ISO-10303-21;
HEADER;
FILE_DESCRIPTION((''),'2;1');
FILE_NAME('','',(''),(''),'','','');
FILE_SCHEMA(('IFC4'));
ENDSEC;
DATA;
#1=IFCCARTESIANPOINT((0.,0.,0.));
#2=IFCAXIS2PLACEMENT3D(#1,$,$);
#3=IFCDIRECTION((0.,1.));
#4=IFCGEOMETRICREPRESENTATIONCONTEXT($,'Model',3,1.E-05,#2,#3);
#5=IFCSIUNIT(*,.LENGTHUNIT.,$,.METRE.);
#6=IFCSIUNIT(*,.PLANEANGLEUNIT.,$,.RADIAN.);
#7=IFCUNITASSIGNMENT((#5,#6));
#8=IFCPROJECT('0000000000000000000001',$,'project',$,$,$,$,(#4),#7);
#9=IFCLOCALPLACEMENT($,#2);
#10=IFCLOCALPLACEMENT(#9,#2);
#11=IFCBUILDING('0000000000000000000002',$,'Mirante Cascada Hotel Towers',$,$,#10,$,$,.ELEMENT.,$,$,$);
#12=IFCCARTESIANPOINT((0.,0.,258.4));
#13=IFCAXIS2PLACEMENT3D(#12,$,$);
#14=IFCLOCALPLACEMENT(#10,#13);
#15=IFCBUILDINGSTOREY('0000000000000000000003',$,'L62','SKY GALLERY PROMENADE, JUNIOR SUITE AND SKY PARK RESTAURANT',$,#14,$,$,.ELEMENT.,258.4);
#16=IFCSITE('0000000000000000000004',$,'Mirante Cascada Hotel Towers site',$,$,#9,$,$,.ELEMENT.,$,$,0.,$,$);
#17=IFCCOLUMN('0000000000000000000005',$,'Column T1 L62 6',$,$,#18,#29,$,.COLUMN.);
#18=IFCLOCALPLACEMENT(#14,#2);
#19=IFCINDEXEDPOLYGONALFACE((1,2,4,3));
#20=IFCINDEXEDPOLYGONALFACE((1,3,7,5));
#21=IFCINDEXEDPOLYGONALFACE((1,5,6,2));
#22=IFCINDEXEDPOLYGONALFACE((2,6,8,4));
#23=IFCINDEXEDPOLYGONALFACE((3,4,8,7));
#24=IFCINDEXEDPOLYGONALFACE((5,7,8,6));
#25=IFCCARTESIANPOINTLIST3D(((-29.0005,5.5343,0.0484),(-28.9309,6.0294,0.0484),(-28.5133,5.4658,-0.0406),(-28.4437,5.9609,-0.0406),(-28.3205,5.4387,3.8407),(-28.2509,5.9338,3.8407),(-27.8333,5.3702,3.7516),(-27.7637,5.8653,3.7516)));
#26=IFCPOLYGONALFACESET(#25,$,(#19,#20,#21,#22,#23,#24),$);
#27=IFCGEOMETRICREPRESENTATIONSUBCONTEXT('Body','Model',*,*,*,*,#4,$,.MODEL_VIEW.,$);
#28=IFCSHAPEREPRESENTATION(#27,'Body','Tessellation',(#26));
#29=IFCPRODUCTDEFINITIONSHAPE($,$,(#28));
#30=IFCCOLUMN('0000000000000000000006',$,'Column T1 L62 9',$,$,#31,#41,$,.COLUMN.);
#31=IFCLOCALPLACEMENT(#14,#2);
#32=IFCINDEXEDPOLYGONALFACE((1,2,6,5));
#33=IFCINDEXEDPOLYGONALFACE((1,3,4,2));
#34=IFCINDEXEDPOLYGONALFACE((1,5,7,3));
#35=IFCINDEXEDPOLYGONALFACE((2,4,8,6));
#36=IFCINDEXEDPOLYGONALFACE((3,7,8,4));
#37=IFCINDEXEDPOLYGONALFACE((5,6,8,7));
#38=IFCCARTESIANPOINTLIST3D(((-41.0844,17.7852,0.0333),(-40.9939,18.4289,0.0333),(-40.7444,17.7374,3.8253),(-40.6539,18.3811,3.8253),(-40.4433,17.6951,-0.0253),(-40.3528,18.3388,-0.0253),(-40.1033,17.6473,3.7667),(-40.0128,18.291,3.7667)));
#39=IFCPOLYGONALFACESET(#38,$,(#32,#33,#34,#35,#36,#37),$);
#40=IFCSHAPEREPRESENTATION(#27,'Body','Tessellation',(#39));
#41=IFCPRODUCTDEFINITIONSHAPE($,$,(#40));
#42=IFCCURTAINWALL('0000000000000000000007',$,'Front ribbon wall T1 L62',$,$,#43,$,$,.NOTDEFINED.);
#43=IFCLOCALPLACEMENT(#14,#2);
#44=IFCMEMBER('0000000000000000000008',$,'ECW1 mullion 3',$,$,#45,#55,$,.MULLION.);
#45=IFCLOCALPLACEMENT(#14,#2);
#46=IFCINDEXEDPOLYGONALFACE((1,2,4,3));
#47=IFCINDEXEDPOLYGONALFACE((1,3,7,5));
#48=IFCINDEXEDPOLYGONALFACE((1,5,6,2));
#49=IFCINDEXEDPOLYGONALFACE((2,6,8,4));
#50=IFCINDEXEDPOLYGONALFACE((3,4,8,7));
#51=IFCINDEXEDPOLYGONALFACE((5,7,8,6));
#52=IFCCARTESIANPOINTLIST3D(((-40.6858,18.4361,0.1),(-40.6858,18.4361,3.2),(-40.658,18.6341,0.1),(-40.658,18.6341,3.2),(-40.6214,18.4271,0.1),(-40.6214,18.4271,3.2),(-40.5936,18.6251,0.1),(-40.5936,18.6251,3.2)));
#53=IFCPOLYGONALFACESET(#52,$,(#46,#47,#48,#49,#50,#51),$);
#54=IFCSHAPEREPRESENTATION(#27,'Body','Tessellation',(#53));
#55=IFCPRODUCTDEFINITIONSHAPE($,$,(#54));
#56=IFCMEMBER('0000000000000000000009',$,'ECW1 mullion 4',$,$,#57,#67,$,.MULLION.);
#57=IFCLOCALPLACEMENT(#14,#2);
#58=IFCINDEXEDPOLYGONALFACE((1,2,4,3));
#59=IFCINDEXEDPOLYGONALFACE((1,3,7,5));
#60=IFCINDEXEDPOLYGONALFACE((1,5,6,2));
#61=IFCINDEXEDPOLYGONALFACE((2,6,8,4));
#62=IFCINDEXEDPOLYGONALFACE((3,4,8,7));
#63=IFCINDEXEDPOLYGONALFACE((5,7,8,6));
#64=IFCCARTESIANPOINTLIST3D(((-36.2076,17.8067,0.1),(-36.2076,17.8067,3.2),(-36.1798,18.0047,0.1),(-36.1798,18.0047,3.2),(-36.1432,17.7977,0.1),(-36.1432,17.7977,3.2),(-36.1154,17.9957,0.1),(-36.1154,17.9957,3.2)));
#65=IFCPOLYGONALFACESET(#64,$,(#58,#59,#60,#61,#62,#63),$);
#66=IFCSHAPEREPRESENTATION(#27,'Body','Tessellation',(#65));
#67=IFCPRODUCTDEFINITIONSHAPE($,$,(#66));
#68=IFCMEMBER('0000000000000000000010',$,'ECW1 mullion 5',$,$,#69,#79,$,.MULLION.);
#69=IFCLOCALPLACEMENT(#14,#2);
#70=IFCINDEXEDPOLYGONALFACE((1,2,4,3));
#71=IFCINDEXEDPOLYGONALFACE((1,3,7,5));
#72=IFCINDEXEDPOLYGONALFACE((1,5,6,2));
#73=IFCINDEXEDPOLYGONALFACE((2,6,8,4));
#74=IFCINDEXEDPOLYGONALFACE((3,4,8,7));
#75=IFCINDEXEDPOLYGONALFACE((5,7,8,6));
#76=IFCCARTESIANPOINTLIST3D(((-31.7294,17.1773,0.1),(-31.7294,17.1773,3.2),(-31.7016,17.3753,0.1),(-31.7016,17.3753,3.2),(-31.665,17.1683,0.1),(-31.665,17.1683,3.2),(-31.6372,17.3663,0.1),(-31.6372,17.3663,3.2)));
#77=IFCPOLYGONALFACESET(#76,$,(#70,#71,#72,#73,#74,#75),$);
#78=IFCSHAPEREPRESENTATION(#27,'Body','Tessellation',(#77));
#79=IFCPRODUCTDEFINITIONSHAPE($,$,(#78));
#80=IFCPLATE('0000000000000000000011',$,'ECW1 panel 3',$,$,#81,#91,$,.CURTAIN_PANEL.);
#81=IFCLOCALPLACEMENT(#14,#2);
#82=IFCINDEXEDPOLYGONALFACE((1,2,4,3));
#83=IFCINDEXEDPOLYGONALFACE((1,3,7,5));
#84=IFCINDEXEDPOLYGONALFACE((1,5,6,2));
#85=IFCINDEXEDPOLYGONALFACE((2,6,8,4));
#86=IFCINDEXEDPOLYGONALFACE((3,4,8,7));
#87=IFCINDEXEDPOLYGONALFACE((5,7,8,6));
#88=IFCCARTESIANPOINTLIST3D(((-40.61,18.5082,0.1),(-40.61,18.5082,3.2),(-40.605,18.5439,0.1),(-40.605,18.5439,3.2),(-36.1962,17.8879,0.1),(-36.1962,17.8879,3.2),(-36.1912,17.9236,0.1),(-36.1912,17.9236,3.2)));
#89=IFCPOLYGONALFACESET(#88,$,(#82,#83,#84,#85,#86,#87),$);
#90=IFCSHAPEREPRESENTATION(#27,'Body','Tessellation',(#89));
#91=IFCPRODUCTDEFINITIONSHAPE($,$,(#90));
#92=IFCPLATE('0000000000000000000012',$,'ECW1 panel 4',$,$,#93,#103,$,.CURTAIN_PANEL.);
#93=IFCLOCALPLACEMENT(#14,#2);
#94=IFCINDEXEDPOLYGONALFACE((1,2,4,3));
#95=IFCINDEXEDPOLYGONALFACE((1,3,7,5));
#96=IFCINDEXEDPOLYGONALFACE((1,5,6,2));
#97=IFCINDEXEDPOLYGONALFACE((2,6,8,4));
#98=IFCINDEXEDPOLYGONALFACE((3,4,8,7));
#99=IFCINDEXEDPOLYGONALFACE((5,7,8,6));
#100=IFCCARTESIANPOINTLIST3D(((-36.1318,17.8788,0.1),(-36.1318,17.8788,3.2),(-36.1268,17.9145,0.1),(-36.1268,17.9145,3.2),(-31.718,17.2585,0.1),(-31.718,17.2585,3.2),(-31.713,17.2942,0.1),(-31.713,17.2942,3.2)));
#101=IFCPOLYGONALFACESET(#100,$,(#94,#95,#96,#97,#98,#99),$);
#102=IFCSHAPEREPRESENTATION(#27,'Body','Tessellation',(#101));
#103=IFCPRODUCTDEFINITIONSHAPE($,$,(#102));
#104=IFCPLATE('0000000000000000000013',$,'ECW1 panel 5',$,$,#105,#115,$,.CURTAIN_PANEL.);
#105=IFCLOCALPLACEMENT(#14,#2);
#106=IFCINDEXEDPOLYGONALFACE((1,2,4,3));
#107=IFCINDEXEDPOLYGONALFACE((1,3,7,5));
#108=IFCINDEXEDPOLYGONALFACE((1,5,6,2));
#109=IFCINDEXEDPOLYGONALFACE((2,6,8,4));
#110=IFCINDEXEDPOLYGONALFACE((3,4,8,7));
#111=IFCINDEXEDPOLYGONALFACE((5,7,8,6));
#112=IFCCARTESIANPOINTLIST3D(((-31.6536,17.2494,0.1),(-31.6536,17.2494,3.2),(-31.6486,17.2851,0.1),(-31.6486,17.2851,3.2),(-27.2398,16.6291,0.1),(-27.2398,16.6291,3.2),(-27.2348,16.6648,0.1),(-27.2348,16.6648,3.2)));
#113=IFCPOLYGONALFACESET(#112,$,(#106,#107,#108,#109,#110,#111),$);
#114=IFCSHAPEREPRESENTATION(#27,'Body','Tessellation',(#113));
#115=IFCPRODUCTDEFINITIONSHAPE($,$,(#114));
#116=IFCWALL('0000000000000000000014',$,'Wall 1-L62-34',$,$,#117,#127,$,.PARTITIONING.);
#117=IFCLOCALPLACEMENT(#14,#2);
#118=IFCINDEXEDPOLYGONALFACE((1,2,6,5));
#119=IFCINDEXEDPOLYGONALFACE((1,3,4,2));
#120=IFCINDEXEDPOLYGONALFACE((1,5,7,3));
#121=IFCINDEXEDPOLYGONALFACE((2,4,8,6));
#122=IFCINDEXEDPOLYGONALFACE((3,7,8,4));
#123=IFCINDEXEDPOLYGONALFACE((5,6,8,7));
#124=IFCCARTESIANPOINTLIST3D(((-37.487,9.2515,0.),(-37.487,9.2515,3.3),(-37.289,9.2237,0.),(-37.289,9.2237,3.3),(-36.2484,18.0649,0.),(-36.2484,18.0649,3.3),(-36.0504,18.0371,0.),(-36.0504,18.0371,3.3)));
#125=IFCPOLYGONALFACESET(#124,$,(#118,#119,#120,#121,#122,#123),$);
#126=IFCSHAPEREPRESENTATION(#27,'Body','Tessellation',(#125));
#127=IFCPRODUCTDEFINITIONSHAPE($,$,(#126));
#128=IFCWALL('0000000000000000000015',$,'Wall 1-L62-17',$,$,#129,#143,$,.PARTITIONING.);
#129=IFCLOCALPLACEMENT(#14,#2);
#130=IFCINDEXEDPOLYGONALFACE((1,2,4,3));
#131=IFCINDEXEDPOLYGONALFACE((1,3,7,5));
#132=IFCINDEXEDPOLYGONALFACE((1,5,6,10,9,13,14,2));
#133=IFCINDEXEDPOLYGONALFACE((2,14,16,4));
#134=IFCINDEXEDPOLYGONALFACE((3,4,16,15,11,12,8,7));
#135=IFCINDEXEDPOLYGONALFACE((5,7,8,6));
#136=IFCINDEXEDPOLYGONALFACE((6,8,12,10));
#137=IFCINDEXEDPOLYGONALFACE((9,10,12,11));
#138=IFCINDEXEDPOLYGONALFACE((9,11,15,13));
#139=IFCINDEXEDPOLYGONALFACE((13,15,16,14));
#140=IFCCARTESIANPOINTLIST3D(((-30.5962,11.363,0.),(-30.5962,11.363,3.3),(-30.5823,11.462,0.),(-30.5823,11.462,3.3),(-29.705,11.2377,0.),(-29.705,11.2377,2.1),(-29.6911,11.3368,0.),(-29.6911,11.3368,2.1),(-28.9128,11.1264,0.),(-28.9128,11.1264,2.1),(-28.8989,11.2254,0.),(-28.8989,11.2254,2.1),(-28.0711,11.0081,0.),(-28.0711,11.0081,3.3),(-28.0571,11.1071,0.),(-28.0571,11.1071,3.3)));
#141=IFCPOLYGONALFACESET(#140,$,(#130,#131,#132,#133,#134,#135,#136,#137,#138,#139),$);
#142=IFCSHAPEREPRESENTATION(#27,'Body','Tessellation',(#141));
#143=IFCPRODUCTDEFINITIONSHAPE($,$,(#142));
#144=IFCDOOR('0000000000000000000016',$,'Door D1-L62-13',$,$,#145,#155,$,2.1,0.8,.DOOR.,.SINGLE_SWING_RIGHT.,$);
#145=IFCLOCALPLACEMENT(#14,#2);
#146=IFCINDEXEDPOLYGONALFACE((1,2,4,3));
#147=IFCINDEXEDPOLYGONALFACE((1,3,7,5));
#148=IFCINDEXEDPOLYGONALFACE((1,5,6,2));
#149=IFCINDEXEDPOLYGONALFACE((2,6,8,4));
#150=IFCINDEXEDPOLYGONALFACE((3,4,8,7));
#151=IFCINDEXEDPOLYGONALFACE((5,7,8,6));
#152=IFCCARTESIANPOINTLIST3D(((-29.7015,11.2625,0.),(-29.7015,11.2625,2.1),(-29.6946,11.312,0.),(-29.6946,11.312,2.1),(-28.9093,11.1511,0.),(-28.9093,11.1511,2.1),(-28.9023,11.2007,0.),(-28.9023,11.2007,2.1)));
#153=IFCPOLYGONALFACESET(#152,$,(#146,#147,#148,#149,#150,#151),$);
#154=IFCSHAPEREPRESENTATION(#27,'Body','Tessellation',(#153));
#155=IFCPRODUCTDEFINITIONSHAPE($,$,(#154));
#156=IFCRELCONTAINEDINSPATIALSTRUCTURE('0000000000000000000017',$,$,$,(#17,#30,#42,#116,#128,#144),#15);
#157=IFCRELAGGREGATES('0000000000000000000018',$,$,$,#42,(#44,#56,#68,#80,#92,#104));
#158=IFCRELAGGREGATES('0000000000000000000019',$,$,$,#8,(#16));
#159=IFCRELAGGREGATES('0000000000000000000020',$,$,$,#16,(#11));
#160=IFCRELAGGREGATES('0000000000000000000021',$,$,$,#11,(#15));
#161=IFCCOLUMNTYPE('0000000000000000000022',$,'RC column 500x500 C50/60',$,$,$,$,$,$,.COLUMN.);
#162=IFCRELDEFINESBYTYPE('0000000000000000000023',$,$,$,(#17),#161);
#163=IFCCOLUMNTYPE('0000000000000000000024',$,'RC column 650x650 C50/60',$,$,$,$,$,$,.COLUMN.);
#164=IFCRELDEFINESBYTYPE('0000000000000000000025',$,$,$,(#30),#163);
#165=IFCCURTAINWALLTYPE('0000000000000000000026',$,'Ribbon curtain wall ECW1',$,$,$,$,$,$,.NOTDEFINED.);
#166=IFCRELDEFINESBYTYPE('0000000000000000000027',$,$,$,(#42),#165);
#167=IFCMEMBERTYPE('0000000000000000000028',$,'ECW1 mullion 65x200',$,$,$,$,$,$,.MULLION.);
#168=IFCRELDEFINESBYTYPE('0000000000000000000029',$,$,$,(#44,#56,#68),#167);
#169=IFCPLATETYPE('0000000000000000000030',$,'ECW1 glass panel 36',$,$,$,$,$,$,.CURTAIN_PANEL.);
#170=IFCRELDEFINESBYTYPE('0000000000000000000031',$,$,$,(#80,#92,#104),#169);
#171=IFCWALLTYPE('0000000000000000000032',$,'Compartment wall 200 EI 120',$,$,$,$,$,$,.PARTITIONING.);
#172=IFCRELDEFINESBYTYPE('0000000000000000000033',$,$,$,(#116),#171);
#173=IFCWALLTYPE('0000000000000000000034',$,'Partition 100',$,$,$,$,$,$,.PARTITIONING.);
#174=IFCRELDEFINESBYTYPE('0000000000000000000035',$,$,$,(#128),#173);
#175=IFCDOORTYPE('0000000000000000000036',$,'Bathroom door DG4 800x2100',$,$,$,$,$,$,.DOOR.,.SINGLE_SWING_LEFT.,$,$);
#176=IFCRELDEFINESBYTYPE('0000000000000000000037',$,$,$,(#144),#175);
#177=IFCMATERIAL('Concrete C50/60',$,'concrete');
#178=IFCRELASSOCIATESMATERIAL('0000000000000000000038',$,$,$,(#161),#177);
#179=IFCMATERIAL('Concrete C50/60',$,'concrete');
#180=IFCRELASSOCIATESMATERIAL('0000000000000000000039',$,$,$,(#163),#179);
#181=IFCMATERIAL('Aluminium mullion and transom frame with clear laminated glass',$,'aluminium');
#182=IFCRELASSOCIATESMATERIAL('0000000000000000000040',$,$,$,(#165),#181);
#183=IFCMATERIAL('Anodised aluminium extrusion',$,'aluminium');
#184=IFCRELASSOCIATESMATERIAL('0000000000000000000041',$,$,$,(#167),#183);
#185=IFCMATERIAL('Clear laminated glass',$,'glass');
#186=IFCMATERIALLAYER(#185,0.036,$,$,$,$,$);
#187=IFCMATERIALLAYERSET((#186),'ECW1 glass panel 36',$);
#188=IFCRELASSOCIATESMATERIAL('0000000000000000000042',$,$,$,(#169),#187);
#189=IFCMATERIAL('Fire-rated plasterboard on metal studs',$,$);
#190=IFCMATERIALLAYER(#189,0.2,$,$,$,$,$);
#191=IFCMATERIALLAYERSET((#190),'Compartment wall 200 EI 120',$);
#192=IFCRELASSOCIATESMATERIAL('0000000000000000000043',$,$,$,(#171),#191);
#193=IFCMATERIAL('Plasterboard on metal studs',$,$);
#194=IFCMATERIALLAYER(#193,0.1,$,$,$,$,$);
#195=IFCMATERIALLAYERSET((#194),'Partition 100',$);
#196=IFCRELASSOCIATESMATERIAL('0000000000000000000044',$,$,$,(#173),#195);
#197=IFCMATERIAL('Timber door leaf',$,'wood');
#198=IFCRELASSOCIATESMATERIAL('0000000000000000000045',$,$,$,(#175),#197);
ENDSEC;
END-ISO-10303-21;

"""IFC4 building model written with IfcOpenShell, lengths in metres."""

from ifc_helpers import new_model, si_unit, direction, frame, frame_2d, origin, origin_2d, place, context, subcontext, project, spatial, rectangle, extrude, material, layer, layer_set, material_profile, profile_set, type_object, element, fill, aggregate, save


model = new_model("IFC4")

# Units and contexts
model_context = context("Model", 3, precision=1e-05, world=origin(), true_north=direction((0.0, 1.0)))
body_context = subcontext(model_context, "Body", "Model", "MODEL_VIEW")
ifc_project = project(units=[si_unit("LENGTHUNIT", "METRE"), si_unit("PLANEANGLEUNIT", "RADIAN")], contexts=[model_context])

# Site, building, storey
site_placement = place(None, origin())
site = spatial("IfcSite", under=ifc_project, at=site_placement, Name="Mirante Cascada Hotel Towers site", CompositionType="ELEMENT", RefElevation=0.0)
building_placement = place(site_placement, origin())
building = spatial("IfcBuilding", under=site, at=building_placement, Name="Mirante Cascada Hotel Towers", CompositionType="ELEMENT")
storey_placement = place(building_placement, frame((0.0, 0.0, 258.4)))
storey = spatial("IfcBuildingStorey", under=building, at=storey_placement, Name="L62", Description="SKY GALLERY PROMENADE, JUNIOR SUITE AND SKY PARK RESTAURANT", CompositionType="ELEMENT", Elevation=258.4)

# Columns
ifc_material_1 = material(Name="Concrete C50/60", Category="concrete")
ifc_material_profile_1 = material_profile(ifc_material_1, rectangle(XDim=0.5, YDim=0.5, at=origin_2d()), Name="RC column 500x500 C50/60")
ifc_profile_set_1 = profile_set([ifc_material_profile_1], Name="Concrete C50/60")
column_type_1 = type_object("IfcColumnType", Name="RC column 500x500 C50/60", PredefinedType="COLUMN", material=ifc_profile_set_1)
column_1_placement = place(storey_placement, frame((-28.7221, 5.7476, 0.0039), z_axis=(0.176446, -0.024806, 0.983998), x_axis=(0.139219, 0.990262, 0.0)))
element("IfcColumn", 1, at=column_1_placement, inside=storey, type_object=column_type_1, Name="Column T1 L62 6", PredefinedType="COLUMN", context=body_context, shape_type="SweptSolid", body=[
    extrude(rectangle(XDim=0.5, YDim=0.5, at=origin_2d()), origin(), (0.0, 0.0, 1.0), 3.8539),
])
ifc_material_2 = material(Name="Concrete C50/60", Category="concrete")
ifc_material_profile_2 = material_profile(ifc_material_2, rectangle(XDim=0.65, YDim=0.65, at=origin_2d()), Name="RC column 650x650 C50/60")
ifc_profile_set_2 = profile_set([ifc_material_profile_2], Name="Concrete C50/60")
column_type_2 = type_object("IfcColumnType", Name="RC column 650x650 C50/60", PredefinedType="COLUMN", material=ifc_profile_set_2)
column_2_placement = place(storey_placement, frame((-40.7186, 18.062, 0.004), z_axis=(0.089297, -0.012554, 0.995926), x_axis=(0.139219, 0.990262, 0.0)))
element("IfcColumn", 2, at=column_2_placement, inside=storey, type_object=column_type_2, Name="Column T1 L62 9", PredefinedType="COLUMN", context=body_context, shape_type="SweptSolid", body=[
    extrude(rectangle(XDim=0.65, YDim=0.65, at=origin_2d()), origin(), (0.0, 0.0, 1.0), 3.8075),
])

# Curtain wall, members, plates
ifc_material_3 = material(Name="Aluminium mullion and transom frame with clear laminated glass", Category="aluminium")
curtain_wall_type = type_object("IfcCurtainWallType", Name="Ribbon curtain wall ECW1", PredefinedType="NOTDEFINED", material=ifc_material_3)
curtain_wall_placement = place(storey_placement, origin())
curtain_wall = element("IfcCurtainWall", 3, at=curtain_wall_placement, inside=storey, type_object=curtain_wall_type, Name="Front ribbon wall T1 L62", PredefinedType="NOTDEFINED")
ifc_material_4 = material(Name="Anodised aluminium extrusion", Category="aluminium")
ifc_material_profile_3 = material_profile(ifc_material_4, rectangle(XDim=0.2, YDim=0.065, at=origin_2d()), Name="ECW1 MULLION 65x200")
ifc_profile_set_3 = profile_set([ifc_material_profile_3], Name="Anodised aluminium extrusion")
member_type = type_object("IfcMemberType", Name="ECW1 mullion 65x200", PredefinedType="MULLION", material=ifc_profile_set_3)
member_1_placement = place(storey_placement, frame((-40.6397, 18.5306, 0.1), z_axis=(0.0, 0.0, 1.0), x_axis=(0.139173, 0.990268, 0.0)))
member_1 = element("IfcMember", 4, at=member_1_placement, type_object=member_type, Name="ECW1 mullion 3", PredefinedType="MULLION", context=body_context, shape_type="SweptSolid", body=[
    extrude(rectangle(XDim=0.2, YDim=0.065, at=origin_2d()), origin(), (0.0, 0.0, 1.0), 3.1),
])
member_2_placement = place(storey_placement, frame((-36.1615, 17.9012, 0.1), z_axis=(0.0, 0.0, 1.0), x_axis=(0.139173, 0.990268, 0.0)))
member_2 = element("IfcMember", 5, at=member_2_placement, type_object=member_type, Name="ECW1 mullion 4", PredefinedType="MULLION", context=body_context, shape_type="SweptSolid", body=[
    extrude(rectangle(XDim=0.2, YDim=0.065, at=origin_2d()), origin(), (0.0, 0.0, 1.0), 3.1),
])
member_3_placement = place(storey_placement, frame((-31.6833, 17.2718, 0.1), z_axis=(0.0, 0.0, 1.0), x_axis=(0.139173, 0.990268, 0.0)))
member_3 = element("IfcMember", 6, at=member_3_placement, type_object=member_type, Name="ECW1 mullion 5", PredefinedType="MULLION", context=body_context, shape_type="SweptSolid", body=[
    extrude(rectangle(XDim=0.2, YDim=0.065, at=origin_2d()), origin(), (0.0, 0.0, 1.0), 3.1),
])
ifc_material_5 = material(Name="Clear laminated glass", Category="glass")
ifc_layer_1 = layer(ifc_material_5, 0.036)
ifc_layer_set_1 = layer_set([ifc_layer_1], Name="ECW1 glass panel 36")
plate_type = type_object("IfcPlateType", Name="ECW1 glass panel 36", PredefinedType="CURTAIN_PANEL", material=ifc_layer_set_1)
plate_1_placement = place(storey_placement, frame((-38.4006, 18.2159, 0.1), z_axis=(0.0, 0.0, 1.0), x_axis=(0.990268, -0.139173, 0.0)))
plate_1 = element("IfcPlate", 7, at=plate_1_placement, type_object=plate_type, Name="ECW1 panel 3", PredefinedType="CURTAIN_PANEL", context=body_context, shape_type="SweptSolid", body=[
    extrude(rectangle(XDim=4.4572, YDim=0.036, at=origin_2d()), origin(), (0.0, 0.0, 1.0), 3.1),
])
plate_2_placement = place(storey_placement, frame((-33.9224, 17.5865, 0.1), z_axis=(0.0, 0.0, 1.0), x_axis=(0.990268, -0.139173, 0.0)))
plate_2 = element("IfcPlate", 8, at=plate_2_placement, type_object=plate_type, Name="ECW1 panel 4", PredefinedType="CURTAIN_PANEL", context=body_context, shape_type="SweptSolid", body=[
    extrude(rectangle(XDim=4.4572, YDim=0.036, at=origin_2d()), origin(), (0.0, 0.0, 1.0), 3.1),
])
plate_3_placement = place(storey_placement, frame((-29.4442, 16.9571, 0.1), z_axis=(0.0, 0.0, 1.0), x_axis=(0.990268, -0.139173, 0.0)))
plate_3 = element("IfcPlate", 9, at=plate_3_placement, type_object=plate_type, Name="ECW1 panel 5", PredefinedType="CURTAIN_PANEL", context=body_context, shape_type="SweptSolid", body=[
    extrude(rectangle(XDim=4.4572, YDim=0.036, at=origin_2d()), origin(), (0.0, 0.0, 1.0), 3.1),
])
aggregate(curtain_wall, [member_1, member_2, member_3, plate_1, plate_2, plate_3])

# Wall
ifc_material_6 = material(Name="Fire-rated plasterboard on metal studs")
ifc_layer_2 = layer(ifc_material_6, 0.2)
ifc_layer_set_2 = layer_set([ifc_layer_2], Name="Compartment wall 200 EI 120")
wall_type_1 = type_object("IfcWallType", Name="Compartment wall 200 EI 120", PredefinedType="PARTITIONING", material=ifc_layer_set_2)
wall_1_placement = place(storey_placement, frame((-36.1494, 18.051, 0.0), z_axis=(0.0, 0.0, 1.0), x_axis=(-0.139168, -0.990269, 0.0)))
element("IfcWall", 10, at=wall_1_placement, inside=storey, type_object=wall_type_1, Name="Wall 1-L62-34", PredefinedType="PARTITIONING", context=body_context, shape_type="SweptSolid", body=[
    extrude(rectangle(XDim=8.9, YDim=0.2, at=frame_2d((4.45, 0.0))), origin(), (0.0, 0.0, 1.0), 3.3),
])

# Wall, opening, door
ifc_material_7 = material(Name="Plasterboard on metal studs")
ifc_layer_3 = layer(ifc_material_7, 0.1)
ifc_layer_set_3 = layer_set([ifc_layer_3], Name="Partition 100")
wall_type_2 = type_object("IfcWallType", Name="Partition 100", PredefinedType="PARTITIONING", material=ifc_layer_set_3)
wall_2_placement = place(storey_placement, frame((-28.0641, 11.0576, 0.0), z_axis=(0.0, 0.0, 1.0), x_axis=(-0.990268, 0.139176, 0.0)))
wall_2 = element("IfcWall", 11, at=wall_2_placement, inside=storey, type_object=wall_type_2, Name="Wall 1-L62-17", PredefinedType="PARTITIONING", context=body_context, shape_type="SweptSolid", body=[
    extrude(rectangle(XDim=2.55, YDim=0.1, at=frame_2d((1.275, 0.0))), origin(), (0.0, 0.0, 1.0), 3.3),
])
opening_1_placement = place(wall_2_placement, frame((0.85, 0.0, 0.0)))
opening_1 = element("IfcOpeningElement", 12, at=opening_1_placement, cuts=wall_2, PredefinedType="OPENING", context=body_context, shape_type="SweptSolid", body=[
    extrude(rectangle(XDim=0.8, YDim=2.1, at=frame_2d((0.4, 1.05))), frame((0.0, 0.05, 0.0), z_axis=(0.0, -1.0, 0.0), x_axis=(1.0, 0.0, 0.0)), (0.0, 0.0, 1.0), 0.1),
])
ifc_material_8 = material(Name="Timber door leaf", Category="wood")
door_type = type_object("IfcDoorType", Name="Bathroom door DG4 800x2100", OperationType="SINGLE_SWING_LEFT", PredefinedType="DOOR", material=ifc_material_8)
door_1_placement = place(opening_1_placement, frame((0.8, 0.0, 0.0), z_axis=(0.0, 0.0, 1.0), x_axis=(-1.0, 0.0, 0.0)))
door_1 = element("IfcDoor", 13, at=door_1_placement, inside=storey, type_object=door_type, Name="Door D1-L62-13", OperationType="SINGLE_SWING_RIGHT", OverallHeight=2.1, OverallWidth=0.8, PredefinedType="DOOR", context=body_context, shape_type="SweptSolid", body=[
    extrude(rectangle(XDim=0.8, YDim=2.1, at=frame_2d((0.4, 1.05))), frame((0.0, 0.025, 0.0), z_axis=(0.0, -1.0, 0.0), x_axis=(1.0, 0.0, 0.0)), (0.0, 0.0, 1.0), 0.05),
])
fill(opening_1, door_1)

save(model, "model.ifc")
